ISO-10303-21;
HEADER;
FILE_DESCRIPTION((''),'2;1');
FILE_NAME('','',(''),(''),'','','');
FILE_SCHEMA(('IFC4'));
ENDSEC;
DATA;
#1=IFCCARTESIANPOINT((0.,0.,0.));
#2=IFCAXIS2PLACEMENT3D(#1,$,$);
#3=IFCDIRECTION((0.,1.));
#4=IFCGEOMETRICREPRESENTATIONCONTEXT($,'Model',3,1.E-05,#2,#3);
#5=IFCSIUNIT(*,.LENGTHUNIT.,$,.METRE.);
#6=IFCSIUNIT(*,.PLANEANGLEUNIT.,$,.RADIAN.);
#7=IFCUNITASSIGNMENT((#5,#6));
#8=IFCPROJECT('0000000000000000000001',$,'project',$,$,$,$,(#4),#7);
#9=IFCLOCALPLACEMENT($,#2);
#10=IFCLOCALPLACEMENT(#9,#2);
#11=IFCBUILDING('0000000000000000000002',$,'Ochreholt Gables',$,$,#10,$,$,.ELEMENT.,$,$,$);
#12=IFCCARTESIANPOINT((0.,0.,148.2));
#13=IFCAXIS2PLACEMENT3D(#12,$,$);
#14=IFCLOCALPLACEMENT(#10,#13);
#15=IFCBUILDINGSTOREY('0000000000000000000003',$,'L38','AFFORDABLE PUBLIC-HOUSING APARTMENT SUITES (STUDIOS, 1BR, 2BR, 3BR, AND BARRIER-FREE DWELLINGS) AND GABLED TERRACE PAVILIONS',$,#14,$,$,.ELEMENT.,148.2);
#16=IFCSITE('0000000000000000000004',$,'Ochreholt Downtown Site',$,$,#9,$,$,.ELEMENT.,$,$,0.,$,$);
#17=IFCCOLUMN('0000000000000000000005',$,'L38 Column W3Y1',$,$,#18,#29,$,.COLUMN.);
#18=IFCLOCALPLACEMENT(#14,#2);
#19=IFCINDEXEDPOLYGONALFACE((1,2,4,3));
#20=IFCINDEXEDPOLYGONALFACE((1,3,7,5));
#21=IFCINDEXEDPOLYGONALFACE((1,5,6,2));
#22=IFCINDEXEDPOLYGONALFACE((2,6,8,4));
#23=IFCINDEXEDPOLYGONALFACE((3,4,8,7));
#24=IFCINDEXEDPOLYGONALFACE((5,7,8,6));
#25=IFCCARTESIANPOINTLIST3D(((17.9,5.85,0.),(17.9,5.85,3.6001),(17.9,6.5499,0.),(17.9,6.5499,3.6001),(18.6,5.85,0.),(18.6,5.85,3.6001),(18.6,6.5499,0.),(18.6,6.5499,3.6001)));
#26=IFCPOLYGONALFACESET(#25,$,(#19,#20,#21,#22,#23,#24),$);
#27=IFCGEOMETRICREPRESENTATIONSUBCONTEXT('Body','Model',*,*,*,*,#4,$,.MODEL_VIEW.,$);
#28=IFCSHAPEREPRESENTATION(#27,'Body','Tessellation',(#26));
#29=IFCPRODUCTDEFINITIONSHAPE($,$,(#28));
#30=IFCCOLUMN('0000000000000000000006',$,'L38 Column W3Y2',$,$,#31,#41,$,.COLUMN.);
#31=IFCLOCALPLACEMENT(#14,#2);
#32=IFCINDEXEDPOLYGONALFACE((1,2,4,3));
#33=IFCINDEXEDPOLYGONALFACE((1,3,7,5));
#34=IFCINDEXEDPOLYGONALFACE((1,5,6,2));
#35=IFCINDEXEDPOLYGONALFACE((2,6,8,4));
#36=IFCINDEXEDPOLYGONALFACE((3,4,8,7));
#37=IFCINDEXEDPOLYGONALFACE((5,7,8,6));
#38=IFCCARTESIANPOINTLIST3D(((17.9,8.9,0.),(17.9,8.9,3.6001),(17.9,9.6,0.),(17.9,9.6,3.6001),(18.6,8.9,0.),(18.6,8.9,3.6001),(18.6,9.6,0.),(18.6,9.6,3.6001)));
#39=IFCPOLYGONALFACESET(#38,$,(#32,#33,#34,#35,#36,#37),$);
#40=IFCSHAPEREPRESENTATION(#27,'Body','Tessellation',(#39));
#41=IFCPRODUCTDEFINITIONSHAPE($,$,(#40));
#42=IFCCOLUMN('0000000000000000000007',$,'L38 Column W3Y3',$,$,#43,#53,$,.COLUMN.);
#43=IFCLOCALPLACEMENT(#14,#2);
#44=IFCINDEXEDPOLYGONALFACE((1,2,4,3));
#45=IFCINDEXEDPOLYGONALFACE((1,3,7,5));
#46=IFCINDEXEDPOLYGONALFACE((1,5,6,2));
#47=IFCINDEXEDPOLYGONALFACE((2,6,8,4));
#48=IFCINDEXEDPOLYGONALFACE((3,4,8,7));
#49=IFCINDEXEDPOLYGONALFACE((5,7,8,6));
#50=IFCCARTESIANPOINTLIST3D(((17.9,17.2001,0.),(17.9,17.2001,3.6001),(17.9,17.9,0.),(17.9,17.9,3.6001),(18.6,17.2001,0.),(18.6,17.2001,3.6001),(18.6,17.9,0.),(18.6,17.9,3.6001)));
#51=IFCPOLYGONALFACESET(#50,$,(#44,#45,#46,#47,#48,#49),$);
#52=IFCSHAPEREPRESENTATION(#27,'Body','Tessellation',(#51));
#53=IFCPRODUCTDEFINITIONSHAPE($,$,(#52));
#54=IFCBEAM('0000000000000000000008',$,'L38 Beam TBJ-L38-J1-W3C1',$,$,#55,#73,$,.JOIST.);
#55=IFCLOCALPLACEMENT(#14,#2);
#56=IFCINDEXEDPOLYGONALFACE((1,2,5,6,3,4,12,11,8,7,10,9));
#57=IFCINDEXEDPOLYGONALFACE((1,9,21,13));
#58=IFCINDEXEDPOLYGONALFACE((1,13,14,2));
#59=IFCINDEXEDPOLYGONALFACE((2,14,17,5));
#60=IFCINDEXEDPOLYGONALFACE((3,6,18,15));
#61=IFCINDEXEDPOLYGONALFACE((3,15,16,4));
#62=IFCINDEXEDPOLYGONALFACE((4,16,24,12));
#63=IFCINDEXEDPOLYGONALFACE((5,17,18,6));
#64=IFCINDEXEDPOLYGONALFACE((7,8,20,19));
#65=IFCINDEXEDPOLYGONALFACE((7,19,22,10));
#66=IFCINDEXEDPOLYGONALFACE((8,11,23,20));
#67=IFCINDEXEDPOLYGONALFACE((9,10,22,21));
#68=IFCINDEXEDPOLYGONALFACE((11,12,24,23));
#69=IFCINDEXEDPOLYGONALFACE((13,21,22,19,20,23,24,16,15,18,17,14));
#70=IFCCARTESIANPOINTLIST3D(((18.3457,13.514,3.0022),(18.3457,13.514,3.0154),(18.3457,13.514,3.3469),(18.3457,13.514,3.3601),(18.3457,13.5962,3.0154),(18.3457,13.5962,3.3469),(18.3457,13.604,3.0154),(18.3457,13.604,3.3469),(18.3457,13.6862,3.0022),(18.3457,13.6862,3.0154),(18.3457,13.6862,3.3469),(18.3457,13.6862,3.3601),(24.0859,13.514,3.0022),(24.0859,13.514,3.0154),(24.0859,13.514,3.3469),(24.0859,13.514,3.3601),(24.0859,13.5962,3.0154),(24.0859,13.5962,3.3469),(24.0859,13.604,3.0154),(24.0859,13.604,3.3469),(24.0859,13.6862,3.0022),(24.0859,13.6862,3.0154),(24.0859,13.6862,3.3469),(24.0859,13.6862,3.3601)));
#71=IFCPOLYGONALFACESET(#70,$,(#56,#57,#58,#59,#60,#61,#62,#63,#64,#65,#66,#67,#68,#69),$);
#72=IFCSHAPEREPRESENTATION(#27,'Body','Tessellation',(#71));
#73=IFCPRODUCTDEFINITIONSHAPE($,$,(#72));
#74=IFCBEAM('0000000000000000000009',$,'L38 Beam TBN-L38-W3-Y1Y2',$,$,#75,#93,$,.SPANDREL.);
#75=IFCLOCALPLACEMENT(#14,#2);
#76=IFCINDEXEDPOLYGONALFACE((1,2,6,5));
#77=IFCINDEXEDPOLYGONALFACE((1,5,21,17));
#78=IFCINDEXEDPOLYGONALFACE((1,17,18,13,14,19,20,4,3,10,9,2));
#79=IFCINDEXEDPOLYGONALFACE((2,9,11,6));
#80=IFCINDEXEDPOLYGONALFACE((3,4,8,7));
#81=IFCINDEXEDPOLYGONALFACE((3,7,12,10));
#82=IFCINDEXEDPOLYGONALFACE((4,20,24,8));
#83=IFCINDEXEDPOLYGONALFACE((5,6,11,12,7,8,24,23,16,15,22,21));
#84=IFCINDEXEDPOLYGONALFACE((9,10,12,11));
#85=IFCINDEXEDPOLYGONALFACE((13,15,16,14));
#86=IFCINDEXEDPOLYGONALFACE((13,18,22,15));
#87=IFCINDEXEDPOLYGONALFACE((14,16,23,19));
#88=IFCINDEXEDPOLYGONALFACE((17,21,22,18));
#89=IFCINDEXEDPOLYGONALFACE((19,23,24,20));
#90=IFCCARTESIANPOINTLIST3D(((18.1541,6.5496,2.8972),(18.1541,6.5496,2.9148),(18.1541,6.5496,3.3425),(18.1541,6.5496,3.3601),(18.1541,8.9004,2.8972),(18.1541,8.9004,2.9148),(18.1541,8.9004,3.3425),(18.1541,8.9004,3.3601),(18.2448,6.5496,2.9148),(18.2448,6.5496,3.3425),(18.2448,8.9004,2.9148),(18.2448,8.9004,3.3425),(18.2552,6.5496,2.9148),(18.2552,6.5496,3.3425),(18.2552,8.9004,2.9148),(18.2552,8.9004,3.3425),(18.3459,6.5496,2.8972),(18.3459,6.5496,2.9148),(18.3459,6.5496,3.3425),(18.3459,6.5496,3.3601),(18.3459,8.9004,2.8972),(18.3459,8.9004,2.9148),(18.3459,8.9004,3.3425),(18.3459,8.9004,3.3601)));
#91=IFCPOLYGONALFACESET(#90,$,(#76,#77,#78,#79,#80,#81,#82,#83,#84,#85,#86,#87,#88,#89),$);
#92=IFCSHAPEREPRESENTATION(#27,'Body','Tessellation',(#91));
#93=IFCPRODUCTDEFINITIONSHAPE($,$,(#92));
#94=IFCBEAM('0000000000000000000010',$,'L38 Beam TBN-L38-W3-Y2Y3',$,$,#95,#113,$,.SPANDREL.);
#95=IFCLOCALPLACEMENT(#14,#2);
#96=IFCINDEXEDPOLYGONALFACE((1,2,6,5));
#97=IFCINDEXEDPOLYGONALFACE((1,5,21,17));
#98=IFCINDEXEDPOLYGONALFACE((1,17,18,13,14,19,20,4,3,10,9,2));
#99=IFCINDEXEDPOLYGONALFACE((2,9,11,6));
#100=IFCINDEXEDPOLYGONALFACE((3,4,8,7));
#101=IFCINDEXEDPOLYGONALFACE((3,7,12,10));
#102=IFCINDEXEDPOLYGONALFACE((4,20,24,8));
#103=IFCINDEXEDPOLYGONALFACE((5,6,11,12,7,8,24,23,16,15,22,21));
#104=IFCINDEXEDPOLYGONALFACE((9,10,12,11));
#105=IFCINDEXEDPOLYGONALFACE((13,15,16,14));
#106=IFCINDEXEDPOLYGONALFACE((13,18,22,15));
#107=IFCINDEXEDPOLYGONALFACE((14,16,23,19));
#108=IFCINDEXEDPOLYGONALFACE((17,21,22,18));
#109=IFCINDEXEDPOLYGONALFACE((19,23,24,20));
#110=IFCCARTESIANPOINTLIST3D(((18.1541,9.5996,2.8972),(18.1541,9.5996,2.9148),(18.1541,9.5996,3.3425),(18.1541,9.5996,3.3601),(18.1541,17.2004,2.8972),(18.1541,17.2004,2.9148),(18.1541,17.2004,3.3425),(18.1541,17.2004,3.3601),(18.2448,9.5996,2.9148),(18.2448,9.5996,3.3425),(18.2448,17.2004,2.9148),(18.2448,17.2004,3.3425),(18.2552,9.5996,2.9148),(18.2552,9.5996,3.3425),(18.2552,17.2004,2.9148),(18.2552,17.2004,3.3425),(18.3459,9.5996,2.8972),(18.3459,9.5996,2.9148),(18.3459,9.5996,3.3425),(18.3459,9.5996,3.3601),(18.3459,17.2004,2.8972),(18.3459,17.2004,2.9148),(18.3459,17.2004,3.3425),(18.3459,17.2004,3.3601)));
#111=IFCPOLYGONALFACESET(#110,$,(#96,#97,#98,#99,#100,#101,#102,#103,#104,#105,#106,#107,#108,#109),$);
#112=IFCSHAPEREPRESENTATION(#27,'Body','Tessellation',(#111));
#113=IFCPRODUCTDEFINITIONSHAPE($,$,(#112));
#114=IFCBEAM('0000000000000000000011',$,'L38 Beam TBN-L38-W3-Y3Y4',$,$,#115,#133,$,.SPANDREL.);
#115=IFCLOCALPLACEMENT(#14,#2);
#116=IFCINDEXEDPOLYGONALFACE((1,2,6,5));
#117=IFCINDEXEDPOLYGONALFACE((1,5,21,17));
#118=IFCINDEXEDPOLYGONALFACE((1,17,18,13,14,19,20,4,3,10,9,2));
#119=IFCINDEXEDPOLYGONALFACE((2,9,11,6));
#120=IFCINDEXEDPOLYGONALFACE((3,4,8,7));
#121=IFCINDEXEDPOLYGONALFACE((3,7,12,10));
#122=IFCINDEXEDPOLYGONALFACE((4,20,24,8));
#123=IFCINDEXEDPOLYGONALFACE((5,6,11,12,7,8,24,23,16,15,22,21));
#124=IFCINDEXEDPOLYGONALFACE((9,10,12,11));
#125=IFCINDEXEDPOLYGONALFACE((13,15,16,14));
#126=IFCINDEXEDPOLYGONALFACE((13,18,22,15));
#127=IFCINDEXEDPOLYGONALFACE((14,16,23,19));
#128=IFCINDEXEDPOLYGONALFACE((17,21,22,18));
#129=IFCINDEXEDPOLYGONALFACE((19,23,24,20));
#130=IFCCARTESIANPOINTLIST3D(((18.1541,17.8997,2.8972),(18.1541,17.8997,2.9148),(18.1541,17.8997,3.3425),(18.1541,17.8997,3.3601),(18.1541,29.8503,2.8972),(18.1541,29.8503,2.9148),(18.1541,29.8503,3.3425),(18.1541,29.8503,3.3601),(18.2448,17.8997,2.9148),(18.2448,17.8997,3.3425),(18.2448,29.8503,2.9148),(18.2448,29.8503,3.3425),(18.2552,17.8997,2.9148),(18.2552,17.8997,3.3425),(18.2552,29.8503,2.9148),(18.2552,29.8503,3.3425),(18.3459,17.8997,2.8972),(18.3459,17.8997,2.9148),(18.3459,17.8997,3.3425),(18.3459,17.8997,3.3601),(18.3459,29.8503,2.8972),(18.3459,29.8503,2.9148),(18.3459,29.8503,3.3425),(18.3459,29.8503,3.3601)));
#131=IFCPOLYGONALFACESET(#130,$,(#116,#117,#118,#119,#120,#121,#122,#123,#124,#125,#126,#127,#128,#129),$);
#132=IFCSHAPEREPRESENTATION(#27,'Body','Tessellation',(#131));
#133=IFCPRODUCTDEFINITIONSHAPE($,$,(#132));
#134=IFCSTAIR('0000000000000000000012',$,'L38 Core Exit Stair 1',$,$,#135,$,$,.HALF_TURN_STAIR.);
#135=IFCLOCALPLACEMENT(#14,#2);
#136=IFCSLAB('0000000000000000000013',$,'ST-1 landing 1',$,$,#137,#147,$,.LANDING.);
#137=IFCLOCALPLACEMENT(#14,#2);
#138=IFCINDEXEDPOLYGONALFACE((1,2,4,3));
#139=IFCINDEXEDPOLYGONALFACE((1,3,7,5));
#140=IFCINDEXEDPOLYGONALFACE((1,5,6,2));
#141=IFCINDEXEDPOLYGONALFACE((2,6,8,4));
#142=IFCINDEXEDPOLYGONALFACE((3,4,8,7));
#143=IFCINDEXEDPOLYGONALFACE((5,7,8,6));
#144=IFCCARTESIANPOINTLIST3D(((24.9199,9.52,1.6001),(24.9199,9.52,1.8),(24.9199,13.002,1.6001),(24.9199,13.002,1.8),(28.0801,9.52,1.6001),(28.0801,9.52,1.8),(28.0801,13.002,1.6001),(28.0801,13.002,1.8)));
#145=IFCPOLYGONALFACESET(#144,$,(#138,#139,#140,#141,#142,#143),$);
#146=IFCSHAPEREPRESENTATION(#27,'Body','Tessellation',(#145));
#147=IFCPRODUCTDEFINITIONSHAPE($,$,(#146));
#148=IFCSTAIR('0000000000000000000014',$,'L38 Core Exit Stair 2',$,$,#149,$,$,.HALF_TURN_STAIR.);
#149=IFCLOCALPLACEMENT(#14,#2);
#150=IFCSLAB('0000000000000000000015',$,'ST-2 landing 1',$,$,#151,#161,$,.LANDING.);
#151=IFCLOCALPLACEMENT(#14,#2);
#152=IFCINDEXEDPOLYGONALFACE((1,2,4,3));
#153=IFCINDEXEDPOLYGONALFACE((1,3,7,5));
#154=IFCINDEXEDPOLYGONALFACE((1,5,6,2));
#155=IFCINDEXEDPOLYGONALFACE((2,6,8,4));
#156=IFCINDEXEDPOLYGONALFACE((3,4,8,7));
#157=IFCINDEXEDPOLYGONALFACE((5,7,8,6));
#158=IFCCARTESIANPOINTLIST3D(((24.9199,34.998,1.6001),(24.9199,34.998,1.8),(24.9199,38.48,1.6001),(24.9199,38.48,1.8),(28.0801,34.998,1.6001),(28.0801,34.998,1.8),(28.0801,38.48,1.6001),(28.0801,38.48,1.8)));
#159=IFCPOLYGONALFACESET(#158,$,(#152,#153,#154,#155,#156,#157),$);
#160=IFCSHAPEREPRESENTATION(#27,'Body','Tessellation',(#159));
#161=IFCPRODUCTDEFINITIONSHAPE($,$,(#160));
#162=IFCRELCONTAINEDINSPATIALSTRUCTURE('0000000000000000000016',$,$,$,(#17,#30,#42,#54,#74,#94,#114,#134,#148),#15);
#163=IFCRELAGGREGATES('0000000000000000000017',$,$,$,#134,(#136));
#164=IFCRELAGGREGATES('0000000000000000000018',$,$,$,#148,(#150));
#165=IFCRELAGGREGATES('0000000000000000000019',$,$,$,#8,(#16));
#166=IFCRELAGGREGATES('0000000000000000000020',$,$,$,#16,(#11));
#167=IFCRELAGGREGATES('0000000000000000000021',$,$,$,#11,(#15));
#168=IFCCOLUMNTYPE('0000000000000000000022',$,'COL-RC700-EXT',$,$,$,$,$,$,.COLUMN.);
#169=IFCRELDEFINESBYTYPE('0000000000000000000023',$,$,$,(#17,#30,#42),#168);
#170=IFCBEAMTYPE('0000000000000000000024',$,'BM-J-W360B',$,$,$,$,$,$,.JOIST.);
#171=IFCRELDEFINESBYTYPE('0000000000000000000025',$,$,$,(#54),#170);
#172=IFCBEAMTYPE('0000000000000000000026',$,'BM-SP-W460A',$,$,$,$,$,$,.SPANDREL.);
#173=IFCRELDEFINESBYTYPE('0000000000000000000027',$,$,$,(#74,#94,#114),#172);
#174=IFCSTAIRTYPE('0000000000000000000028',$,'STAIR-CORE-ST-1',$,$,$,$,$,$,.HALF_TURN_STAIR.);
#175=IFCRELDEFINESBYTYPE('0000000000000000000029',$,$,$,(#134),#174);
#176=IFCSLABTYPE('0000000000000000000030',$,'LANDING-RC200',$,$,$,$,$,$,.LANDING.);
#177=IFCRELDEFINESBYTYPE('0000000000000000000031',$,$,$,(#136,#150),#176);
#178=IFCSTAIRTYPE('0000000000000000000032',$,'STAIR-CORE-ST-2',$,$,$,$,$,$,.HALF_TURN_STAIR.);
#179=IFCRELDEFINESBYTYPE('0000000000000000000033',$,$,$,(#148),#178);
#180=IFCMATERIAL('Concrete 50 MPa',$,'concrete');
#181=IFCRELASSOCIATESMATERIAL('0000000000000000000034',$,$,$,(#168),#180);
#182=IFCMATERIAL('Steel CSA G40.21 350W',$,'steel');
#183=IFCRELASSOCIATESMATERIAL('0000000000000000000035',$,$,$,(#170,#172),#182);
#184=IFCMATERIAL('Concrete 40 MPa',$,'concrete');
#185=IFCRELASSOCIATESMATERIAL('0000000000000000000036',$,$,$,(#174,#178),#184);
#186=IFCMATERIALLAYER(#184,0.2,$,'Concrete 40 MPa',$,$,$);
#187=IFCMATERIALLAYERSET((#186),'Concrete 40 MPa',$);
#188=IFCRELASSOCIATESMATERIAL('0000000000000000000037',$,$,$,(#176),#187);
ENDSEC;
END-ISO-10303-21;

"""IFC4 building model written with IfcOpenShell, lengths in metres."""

from ifc_helpers import new_model, si_unit, direction, frame, origin, origin_2d, place, context, subcontext, project, spatial, polyline, rectangle, i_section, outline, extrude, material, layer, layer_set, material_profile, profile_set, type_object, element, aggregate, save


model = new_model("IFC4")

# Units and contexts
model_context = context("Model", 3, precision=1e-05, world=origin(), true_north=direction((0.0, 1.0)))
body_context = subcontext(model_context, "Body", "Model", "MODEL_VIEW")
ifc_project = project(units=[si_unit("LENGTHUNIT", "METRE"), si_unit("PLANEANGLEUNIT", "RADIAN")], contexts=[model_context])

# Site, building, storey
site_placement = place(None, origin())
site = spatial("IfcSite", under=ifc_project, at=site_placement, Name="Ochreholt Downtown Site", CompositionType="ELEMENT", RefElevation=0.0)
building_placement = place(site_placement, origin())
building = spatial("IfcBuilding", under=site, at=building_placement, Name="Ochreholt Gables", CompositionType="ELEMENT")
storey_placement = place(building_placement, frame((0.0, 0.0, 148.2)))
storey = spatial("IfcBuildingStorey", under=building, at=storey_placement, Name="L38", Description="AFFORDABLE PUBLIC-HOUSING APARTMENT SUITES (STUDIOS, 1BR, 2BR, 3BR, AND BARRIER-FREE DWELLINGS) AND GABLED TERRACE PAVILIONS", CompositionType="ELEMENT", Elevation=148.2)

# Columns
ifc_material_1 = material(Name="Concrete 50 MPa", Category="concrete")
ifc_material_profile_1 = material_profile(ifc_material_1, rectangle(XDim=0.7, YDim=0.7, at=origin_2d()), Name="RC700X700")
ifc_profile_set_1 = profile_set([ifc_material_profile_1], Name="Concrete 50 MPa")
column_type = type_object("IfcColumnType", Name="COL-RC700-EXT", PredefinedType="COLUMN", material=ifc_profile_set_1)
for number, where, z_axis, x_axis, name in (
    (1, (18.25, 6.2, 0.0), (0.0, 0.0, 1.0), (1.0, 0.0, 0.0), "L38 Column W3Y1"),
    (2, (18.25, 9.25, 0.0), (0.0, 0.0, 1.0), (1.0, 0.0, 0.0), "L38 Column W3Y2"),
    (3, (18.25, 17.55, 0.0), (0.0, 0.0, 1.0), (1.0, 0.0, 0.0), "L38 Column W3Y3"),
):
    element("IfcColumn", number, at=place(storey_placement, frame(where, z_axis=z_axis, x_axis=x_axis)), inside=storey, type_object=column_type, Name=name, PredefinedType="COLUMN", context=body_context, shape_type="SweptSolid", body=[
        extrude(rectangle(XDim=0.7, YDim=0.7, at=origin_2d()), origin(), (0.0, 0.0, 1.0), 3.6001),
    ])

# Beams
ifc_material_2 = material(Name="Steel CSA G40.21 350W", Category="steel")
ifc_material_profile_2 = material_profile(ifc_material_2, i_section(OverallWidth=0.1721, OverallDepth=0.3579, WebThickness=0.0078, FlangeThickness=0.0132, at=origin_2d()), Name="W360X57")
ifc_profile_set_2 = profile_set([ifc_material_profile_2], Name="Steel CSA G40.21 350W")
beam_type_1 = type_object("IfcBeamType", Name="BM-J-W360B", PredefinedType="JOIST", material=ifc_profile_set_2)
beam_1_placement = place(storey_placement, frame((18.3457, 13.6001, 3.1812), z_axis=(1.0, 0.0, 0.0), x_axis=(0.0, 1.0, 0.0)))
element("IfcBeam", 4, at=beam_1_placement, inside=storey, type_object=beam_type_1, Name="L38 Beam TBJ-L38-J1-W3C1", PredefinedType="JOIST", context=body_context, shape_type="SweptSolid", body=[
    extrude(i_section(OverallWidth=0.1721, OverallDepth=0.3579, WebThickness=0.0078, FlangeThickness=0.0132, at=origin_2d()), origin(), (0.0, 0.0, 1.0), 5.7402),
])
ifc_material_profile_3 = material_profile(ifc_material_2, i_section(OverallWidth=0.1919, OverallDepth=0.4629, WebThickness=0.0105, FlangeThickness=0.0176, at=origin_2d()), Name="W460X89")
ifc_profile_set_3 = profile_set([ifc_material_profile_3], Name="Steel CSA G40.21 350W")
beam_type_2 = type_object("IfcBeamType", Name="BM-SP-W460A", PredefinedType="SPANDREL", material=ifc_profile_set_3)
beam_2_placement = place(storey_placement, frame((18.25, 6.5496, 3.1287), z_axis=(0.0, 1.0, 0.0), x_axis=(-1.0, 0.0, 0.0)))
element("IfcBeam", 5, at=beam_2_placement, inside=storey, type_object=beam_type_2, Name="L38 Beam TBN-L38-W3-Y1Y2", PredefinedType="SPANDREL", context=body_context, shape_type="SweptSolid", body=[
    extrude(i_section(OverallWidth=0.1919, OverallDepth=0.4629, WebThickness=0.0105, FlangeThickness=0.0176, at=origin_2d()), origin(), (0.0, 0.0, 1.0), 2.3508),
])
beam_3_placement = place(storey_placement, frame((18.25, 9.5996, 3.1287), z_axis=(0.0, 1.0, 0.0), x_axis=(-1.0, 0.0, 0.0)))
element("IfcBeam", 6, at=beam_3_placement, inside=storey, type_object=beam_type_2, Name="L38 Beam TBN-L38-W3-Y2Y3", PredefinedType="SPANDREL", context=body_context, shape_type="SweptSolid", body=[
    extrude(i_section(OverallWidth=0.1919, OverallDepth=0.4629, WebThickness=0.0105, FlangeThickness=0.0176, at=origin_2d()), origin(), (0.0, 0.0, 1.0), 7.6008),
])
beam_4_placement = place(storey_placement, frame((18.25, 17.8997, 3.1287), z_axis=(0.0, 1.0, 0.0), x_axis=(-1.0, 0.0, 0.0)))
element("IfcBeam", 7, at=beam_4_placement, inside=storey, type_object=beam_type_2, Name="L38 Beam TBN-L38-W3-Y3Y4", PredefinedType="SPANDREL", context=body_context, shape_type="SweptSolid", body=[
    extrude(i_section(OverallWidth=0.1919, OverallDepth=0.4629, WebThickness=0.0105, FlangeThickness=0.0176, at=origin_2d()), origin(), (0.0, 0.0, 1.0), 11.9507),
])

# Stairs, slabs
ifc_material_3 = material(Name="Concrete 40 MPa", Category="concrete")
stair_type_1 = type_object("IfcStairType", Name="STAIR-CORE-ST-1", PredefinedType="HALF_TURN_STAIR", material=ifc_material_3)
stair_1_placement = place(storey_placement, origin())
stair_1 = element("IfcStair", 8, at=stair_1_placement, inside=storey, type_object=stair_type_1, Name="L38 Core Exit Stair 1", PredefinedType="HALF_TURN_STAIR")
ifc_layer_1 = layer(ifc_material_3, 0.2, Name="Concrete 40 MPa")
ifc_layer_set_1 = layer_set([ifc_layer_1], Name="Concrete 40 MPa")
slab_type_1 = type_object("IfcSlabType", Name="LANDING-RC200", PredefinedType="LANDING", material=ifc_layer_set_1)
slab_1_placement = place(storey_placement, frame((0.0, 0.0, 1.6001)))
slab_1 = element("IfcSlab", 9, at=slab_1_placement, type_object=slab_type_1, Name="ST-1 landing 1", PredefinedType="LANDING", context=body_context, shape_type="SweptSolid", body=[
    extrude(outline(polyline([(24.9199, 13.002), (24.9199, 9.52), (28.0801, 9.52), (28.0801, 13.002), (24.9199, 13.002)])), origin(), (0.0, 0.0, 1.0), 0.2),
])
aggregate(stair_1, [slab_1])
stair_type_2 = type_object("IfcStairType", Name="STAIR-CORE-ST-2", PredefinedType="HALF_TURN_STAIR", material=ifc_material_3)
stair_2_placement = place(storey_placement, origin())
stair_2 = element("IfcStair", 10, at=stair_2_placement, inside=storey, type_object=stair_type_2, Name="L38 Core Exit Stair 2", PredefinedType="HALF_TURN_STAIR")
slab_2_placement = place(storey_placement, frame((0.0, 0.0, 1.6001)))
slab_2 = element("IfcSlab", 11, at=slab_2_placement, type_object=slab_type_1, Name="ST-2 landing 1", PredefinedType="LANDING", context=body_context, shape_type="SweptSolid", body=[
    extrude(outline(polyline([(28.0801, 34.998), (28.0801, 38.48), (24.9199, 38.48), (24.9199, 34.998), (28.0801, 34.998)])), origin(), (0.0, 0.0, 1.0), 0.2),
])
aggregate(stair_2, [slab_2])

save(model, "model.ifc")
